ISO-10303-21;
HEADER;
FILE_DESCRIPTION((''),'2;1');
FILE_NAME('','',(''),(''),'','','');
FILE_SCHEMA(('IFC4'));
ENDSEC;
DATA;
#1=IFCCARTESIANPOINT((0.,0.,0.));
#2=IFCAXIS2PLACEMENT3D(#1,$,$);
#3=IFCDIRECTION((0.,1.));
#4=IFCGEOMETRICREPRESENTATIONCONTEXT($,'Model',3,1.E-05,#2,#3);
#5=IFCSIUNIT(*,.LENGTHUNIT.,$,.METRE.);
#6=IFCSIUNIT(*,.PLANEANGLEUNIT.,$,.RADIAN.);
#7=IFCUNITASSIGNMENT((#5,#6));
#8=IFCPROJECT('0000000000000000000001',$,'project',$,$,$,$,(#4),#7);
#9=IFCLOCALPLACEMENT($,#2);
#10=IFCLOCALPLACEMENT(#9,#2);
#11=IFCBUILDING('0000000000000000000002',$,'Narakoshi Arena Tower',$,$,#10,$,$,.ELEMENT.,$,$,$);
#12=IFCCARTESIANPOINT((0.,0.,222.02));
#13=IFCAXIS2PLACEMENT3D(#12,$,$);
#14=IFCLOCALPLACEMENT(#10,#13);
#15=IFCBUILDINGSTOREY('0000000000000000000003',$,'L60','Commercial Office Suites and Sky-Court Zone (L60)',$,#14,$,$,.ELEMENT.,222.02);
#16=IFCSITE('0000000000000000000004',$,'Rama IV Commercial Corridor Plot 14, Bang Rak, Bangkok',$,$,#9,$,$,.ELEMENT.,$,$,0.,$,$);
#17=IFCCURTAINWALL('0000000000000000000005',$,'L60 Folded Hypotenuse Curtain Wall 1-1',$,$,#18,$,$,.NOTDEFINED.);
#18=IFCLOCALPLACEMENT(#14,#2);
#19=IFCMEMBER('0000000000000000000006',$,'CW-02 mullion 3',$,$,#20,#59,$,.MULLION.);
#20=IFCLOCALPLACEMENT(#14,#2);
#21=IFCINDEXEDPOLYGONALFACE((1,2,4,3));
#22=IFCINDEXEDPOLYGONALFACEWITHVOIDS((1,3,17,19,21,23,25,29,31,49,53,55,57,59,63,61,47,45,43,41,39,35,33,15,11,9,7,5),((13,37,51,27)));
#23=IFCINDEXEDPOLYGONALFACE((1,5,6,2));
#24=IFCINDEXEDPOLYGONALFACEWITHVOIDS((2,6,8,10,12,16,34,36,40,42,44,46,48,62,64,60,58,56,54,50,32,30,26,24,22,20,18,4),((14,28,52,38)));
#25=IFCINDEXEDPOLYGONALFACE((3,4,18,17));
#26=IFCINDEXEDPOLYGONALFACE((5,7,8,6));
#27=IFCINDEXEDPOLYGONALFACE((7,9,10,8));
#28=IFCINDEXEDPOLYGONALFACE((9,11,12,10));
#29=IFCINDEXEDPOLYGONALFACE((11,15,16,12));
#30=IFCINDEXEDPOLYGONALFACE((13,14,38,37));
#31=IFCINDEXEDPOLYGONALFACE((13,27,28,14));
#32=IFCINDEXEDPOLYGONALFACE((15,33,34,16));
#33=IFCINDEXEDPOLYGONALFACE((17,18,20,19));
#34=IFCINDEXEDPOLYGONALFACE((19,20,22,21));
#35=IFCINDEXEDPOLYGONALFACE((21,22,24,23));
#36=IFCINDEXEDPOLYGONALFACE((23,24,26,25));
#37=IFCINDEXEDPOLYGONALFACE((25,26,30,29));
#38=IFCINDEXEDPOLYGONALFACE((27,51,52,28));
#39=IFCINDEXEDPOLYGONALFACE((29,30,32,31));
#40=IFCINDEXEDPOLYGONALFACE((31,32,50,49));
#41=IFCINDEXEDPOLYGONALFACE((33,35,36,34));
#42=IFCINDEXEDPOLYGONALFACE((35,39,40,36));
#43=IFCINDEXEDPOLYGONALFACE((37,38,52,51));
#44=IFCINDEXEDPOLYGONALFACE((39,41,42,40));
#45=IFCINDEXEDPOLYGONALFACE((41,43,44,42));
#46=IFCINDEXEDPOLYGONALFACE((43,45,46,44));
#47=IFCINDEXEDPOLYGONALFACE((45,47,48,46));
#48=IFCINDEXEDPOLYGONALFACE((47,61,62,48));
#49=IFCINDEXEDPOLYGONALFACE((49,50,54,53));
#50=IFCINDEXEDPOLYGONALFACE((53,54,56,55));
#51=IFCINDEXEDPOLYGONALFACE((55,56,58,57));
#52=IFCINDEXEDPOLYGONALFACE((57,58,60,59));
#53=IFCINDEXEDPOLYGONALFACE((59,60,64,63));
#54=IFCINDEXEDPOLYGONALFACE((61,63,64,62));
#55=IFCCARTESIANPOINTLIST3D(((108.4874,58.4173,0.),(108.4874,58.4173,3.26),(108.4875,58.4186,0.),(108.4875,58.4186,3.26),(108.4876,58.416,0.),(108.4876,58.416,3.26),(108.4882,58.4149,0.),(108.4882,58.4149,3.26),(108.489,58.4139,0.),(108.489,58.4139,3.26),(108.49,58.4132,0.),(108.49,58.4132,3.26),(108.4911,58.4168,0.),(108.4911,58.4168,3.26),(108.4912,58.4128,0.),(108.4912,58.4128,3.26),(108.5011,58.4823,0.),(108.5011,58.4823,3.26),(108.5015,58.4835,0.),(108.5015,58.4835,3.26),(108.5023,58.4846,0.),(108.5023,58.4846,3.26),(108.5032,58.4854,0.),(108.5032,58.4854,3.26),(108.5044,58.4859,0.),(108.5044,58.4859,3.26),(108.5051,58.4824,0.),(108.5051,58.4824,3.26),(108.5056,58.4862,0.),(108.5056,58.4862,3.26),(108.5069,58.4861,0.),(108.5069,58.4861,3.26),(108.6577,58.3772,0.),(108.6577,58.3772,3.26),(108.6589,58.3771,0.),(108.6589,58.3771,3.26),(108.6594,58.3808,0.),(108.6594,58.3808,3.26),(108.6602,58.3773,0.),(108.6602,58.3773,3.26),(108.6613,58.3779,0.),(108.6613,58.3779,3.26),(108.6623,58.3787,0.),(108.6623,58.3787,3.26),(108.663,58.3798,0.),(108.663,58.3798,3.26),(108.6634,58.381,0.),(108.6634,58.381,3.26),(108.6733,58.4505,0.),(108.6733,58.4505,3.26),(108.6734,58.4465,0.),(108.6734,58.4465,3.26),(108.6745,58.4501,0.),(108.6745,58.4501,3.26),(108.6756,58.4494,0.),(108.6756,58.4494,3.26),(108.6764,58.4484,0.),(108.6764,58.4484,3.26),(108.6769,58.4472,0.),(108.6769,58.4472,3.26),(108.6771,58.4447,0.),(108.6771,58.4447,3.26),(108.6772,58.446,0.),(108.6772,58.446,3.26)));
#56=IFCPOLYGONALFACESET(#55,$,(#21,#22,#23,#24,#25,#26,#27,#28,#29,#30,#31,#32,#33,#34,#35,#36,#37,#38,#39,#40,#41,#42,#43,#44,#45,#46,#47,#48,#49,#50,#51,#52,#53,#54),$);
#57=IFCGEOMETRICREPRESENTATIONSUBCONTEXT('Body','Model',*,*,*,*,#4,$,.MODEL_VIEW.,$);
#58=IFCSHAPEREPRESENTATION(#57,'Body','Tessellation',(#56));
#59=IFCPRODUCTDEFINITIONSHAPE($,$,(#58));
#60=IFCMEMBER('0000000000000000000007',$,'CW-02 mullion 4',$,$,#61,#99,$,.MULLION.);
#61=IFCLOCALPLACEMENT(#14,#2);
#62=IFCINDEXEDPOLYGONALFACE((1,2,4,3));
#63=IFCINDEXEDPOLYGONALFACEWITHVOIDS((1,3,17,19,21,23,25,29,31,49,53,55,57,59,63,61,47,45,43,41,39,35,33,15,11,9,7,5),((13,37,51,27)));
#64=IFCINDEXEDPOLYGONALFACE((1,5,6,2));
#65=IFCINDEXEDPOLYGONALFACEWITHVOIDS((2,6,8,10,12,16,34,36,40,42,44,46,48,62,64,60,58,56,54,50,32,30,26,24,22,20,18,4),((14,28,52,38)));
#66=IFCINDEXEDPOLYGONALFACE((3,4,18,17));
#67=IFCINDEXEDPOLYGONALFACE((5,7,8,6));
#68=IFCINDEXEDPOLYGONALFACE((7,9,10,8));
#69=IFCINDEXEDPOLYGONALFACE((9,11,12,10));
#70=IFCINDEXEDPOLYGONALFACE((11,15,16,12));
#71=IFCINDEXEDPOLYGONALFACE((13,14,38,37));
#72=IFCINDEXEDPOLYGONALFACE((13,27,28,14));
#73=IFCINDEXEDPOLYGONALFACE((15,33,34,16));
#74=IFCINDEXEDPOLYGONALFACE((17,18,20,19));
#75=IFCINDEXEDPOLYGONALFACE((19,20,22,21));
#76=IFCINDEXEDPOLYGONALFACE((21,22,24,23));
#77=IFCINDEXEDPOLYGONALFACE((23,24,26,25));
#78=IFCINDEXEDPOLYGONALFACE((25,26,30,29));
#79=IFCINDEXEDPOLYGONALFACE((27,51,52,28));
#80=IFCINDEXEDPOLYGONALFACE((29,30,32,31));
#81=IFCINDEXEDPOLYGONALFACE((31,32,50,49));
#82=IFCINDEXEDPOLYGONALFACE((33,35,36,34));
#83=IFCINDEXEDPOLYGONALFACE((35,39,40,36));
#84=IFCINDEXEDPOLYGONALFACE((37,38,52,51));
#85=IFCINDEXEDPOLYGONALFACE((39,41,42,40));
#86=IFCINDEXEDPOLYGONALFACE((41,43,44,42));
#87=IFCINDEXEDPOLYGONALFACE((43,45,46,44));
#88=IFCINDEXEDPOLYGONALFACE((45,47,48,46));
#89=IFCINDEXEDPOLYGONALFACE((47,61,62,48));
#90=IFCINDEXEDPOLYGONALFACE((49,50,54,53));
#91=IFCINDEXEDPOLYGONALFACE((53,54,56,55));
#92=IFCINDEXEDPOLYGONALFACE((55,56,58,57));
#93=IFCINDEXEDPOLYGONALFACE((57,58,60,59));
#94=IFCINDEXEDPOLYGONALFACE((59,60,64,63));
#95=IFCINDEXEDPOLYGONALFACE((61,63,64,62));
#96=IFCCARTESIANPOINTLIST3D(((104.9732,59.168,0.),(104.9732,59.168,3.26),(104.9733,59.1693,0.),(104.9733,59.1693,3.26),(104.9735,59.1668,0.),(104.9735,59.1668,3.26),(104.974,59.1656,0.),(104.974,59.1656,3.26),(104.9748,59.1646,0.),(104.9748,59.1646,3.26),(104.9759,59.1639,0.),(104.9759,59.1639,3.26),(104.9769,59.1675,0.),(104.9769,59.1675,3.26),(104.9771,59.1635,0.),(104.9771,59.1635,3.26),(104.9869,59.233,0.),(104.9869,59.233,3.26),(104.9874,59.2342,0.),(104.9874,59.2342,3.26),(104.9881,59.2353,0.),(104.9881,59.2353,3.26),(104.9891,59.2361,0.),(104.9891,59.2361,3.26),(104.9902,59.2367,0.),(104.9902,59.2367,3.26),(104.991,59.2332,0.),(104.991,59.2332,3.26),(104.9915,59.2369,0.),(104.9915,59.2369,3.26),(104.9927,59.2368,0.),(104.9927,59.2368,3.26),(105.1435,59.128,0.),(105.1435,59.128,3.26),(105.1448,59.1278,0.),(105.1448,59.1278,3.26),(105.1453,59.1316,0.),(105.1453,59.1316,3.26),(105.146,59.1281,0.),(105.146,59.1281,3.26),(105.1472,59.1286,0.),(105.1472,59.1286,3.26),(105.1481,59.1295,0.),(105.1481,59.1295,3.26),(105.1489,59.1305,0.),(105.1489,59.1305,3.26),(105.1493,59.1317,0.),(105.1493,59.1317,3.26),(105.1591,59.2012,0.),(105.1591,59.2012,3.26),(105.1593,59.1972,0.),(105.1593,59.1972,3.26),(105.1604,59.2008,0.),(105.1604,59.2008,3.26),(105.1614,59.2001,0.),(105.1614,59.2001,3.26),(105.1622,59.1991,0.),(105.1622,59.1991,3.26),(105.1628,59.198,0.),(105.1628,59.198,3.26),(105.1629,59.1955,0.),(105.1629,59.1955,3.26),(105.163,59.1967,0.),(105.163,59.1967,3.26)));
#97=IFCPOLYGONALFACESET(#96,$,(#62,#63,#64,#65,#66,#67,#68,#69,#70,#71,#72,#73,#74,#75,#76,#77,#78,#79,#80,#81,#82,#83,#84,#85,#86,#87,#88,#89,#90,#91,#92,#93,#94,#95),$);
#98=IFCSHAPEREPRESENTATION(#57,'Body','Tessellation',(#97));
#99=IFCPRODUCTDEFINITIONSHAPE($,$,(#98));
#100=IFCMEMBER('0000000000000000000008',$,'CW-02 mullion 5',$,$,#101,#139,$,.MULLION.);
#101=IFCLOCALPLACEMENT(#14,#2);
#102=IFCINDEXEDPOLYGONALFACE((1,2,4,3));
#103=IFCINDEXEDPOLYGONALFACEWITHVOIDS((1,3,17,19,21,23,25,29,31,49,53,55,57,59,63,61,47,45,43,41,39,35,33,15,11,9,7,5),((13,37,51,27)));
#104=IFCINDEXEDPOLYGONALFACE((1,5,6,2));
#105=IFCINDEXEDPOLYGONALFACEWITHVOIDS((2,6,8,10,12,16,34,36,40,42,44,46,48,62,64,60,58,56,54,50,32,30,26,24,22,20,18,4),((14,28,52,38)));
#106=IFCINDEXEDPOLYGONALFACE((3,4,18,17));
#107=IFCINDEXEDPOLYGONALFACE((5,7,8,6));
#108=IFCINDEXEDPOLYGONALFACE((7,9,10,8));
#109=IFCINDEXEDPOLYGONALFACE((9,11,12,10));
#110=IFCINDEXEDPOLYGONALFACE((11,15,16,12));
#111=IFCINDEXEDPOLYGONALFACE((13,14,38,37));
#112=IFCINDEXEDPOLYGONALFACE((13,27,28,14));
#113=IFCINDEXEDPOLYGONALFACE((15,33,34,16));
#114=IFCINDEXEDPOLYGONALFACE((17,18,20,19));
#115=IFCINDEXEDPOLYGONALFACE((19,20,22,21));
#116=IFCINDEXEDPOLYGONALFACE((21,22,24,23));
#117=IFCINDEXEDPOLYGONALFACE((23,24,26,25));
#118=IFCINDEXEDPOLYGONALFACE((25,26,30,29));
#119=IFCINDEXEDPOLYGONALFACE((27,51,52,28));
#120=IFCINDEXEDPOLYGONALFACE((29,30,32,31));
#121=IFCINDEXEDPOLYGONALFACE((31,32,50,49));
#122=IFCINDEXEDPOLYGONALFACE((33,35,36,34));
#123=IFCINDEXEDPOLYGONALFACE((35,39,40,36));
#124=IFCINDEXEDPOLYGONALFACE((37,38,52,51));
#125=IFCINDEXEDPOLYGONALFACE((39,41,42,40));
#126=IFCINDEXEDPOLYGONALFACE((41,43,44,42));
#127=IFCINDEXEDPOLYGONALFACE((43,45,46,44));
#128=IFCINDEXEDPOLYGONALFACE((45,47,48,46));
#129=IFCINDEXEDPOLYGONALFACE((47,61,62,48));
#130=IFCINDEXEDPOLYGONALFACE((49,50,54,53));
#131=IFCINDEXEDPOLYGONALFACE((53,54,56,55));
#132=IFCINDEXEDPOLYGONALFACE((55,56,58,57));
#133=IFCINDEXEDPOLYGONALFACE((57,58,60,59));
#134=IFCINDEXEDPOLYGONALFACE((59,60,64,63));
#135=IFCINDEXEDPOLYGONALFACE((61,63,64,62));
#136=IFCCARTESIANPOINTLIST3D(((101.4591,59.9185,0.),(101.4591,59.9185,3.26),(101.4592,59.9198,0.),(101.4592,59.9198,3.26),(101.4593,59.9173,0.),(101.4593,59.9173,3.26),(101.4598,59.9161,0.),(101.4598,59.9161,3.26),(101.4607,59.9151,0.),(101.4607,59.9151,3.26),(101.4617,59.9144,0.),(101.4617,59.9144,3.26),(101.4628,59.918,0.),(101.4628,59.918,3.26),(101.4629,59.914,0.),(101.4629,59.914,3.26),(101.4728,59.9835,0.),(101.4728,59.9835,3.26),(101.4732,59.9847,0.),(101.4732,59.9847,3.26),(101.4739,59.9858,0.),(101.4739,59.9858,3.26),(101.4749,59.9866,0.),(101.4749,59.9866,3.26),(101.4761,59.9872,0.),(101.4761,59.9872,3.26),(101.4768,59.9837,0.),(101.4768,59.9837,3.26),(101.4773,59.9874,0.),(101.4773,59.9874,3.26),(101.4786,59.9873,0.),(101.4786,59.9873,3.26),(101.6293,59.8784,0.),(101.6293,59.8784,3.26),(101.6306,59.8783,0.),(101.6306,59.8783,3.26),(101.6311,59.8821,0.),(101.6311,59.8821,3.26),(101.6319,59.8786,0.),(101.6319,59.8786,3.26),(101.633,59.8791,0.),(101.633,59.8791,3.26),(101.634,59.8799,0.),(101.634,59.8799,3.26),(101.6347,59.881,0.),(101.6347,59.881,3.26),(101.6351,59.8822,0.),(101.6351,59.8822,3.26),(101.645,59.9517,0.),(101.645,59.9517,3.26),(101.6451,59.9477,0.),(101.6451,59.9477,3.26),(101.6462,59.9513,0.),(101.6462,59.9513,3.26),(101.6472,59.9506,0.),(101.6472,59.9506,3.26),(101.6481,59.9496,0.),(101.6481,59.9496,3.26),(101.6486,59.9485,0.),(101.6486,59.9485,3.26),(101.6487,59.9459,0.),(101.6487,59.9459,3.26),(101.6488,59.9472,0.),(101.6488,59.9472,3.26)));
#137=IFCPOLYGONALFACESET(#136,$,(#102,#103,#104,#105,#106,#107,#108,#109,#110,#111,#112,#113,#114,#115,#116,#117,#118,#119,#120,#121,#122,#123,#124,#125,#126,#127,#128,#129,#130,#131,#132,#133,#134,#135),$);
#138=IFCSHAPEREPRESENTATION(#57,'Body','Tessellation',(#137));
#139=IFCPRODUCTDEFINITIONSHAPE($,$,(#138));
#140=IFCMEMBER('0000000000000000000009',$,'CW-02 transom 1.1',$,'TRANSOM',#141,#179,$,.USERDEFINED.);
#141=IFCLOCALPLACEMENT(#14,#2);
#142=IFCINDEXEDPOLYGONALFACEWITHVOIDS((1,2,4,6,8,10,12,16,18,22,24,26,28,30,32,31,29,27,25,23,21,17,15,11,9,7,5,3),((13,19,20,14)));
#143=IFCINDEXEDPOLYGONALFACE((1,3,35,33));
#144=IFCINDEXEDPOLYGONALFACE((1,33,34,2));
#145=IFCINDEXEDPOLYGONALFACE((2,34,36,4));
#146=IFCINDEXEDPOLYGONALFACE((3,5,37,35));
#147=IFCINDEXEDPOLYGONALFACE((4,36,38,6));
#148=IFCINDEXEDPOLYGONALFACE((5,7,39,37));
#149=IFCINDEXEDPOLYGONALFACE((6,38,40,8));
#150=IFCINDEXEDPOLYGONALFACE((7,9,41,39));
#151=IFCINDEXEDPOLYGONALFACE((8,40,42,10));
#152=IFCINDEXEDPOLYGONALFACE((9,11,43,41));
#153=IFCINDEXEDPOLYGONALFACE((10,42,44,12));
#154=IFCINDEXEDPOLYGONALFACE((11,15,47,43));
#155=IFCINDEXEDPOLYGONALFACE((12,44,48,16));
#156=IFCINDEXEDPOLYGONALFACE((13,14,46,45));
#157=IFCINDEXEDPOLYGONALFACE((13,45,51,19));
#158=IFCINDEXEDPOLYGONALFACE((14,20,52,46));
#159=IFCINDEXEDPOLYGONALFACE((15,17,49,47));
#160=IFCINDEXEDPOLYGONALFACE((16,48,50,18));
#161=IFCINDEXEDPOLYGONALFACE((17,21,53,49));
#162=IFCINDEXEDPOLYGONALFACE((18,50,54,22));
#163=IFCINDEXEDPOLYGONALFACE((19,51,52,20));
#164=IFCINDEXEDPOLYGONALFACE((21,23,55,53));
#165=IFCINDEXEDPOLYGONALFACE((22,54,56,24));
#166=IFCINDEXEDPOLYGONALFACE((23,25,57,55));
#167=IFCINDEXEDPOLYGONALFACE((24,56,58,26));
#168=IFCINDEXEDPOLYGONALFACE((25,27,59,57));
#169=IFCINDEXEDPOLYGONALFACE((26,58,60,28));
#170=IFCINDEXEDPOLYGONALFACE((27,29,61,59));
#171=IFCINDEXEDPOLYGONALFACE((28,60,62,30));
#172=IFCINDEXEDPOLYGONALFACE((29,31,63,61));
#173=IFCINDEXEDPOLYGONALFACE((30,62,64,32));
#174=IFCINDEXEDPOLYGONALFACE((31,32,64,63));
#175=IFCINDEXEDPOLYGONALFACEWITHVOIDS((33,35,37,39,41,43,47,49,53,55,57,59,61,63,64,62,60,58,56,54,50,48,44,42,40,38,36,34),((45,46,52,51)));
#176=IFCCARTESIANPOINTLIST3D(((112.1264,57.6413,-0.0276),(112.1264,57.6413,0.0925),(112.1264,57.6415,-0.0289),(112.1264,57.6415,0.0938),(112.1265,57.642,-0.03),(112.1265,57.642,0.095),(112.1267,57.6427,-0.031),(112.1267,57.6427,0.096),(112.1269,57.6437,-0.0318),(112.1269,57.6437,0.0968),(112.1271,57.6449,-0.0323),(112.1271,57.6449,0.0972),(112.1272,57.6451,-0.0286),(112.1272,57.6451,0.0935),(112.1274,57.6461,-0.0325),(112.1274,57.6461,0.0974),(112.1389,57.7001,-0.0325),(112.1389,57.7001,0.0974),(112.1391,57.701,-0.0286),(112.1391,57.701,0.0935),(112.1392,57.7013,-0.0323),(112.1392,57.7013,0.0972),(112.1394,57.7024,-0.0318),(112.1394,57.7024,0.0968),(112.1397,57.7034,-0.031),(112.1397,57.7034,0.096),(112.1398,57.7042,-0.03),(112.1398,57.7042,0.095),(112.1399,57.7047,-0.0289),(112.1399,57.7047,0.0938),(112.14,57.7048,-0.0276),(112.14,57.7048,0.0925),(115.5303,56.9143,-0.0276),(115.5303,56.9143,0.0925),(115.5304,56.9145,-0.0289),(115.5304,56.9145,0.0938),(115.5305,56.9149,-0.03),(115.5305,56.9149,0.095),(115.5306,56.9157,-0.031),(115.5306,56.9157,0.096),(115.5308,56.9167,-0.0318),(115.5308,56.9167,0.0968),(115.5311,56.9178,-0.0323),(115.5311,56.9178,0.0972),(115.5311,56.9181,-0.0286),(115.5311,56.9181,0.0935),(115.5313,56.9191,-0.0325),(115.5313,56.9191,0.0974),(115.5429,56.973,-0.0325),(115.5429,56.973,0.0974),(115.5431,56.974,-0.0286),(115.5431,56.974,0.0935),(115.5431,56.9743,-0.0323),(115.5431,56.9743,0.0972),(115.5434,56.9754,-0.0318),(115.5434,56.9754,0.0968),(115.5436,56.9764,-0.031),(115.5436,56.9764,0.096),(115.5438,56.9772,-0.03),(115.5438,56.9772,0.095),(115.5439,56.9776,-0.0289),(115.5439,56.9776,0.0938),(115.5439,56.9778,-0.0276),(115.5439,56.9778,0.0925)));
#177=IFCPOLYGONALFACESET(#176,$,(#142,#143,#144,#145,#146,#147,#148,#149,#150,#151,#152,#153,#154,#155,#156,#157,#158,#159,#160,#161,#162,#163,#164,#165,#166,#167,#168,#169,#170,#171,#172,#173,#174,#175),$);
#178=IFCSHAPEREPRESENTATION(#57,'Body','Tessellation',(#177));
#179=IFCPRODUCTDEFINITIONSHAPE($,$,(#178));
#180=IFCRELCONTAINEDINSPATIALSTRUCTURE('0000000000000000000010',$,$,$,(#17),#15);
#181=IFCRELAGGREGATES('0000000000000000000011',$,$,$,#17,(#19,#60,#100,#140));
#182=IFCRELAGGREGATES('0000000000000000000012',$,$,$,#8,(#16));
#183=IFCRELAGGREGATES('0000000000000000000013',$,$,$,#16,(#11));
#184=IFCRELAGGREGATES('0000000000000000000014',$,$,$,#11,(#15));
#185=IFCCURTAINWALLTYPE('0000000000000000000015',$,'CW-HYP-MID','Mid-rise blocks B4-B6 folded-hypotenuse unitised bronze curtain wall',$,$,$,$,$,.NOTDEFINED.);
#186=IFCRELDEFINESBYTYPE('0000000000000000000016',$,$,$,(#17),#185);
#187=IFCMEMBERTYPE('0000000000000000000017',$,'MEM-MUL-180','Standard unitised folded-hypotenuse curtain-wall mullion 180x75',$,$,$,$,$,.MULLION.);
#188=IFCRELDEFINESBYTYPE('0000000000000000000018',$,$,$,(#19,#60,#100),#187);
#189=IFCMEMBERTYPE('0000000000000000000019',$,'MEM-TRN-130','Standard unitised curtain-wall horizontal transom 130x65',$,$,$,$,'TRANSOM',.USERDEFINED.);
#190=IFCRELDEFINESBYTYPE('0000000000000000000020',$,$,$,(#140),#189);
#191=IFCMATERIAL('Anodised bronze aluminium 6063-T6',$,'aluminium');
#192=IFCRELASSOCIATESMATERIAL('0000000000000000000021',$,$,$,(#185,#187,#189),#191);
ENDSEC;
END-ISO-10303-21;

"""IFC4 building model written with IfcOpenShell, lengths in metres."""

from ifc_helpers import new_model, si_unit, direction, frame, origin, origin_2d, place, context, subcontext, project, spatial, hollow_rectangle, extrude, material, material_profile, profile_set, type_object, element, aggregate, save


model = new_model("IFC4")

# Units and contexts
model_context = context("Model", 3, precision=1e-05, world=origin(), true_north=direction((0.0, 1.0)))
body_context = subcontext(model_context, "Body", "Model", "MODEL_VIEW")
ifc_project = project(units=[si_unit("LENGTHUNIT", "METRE"), si_unit("PLANEANGLEUNIT", "RADIAN")], contexts=[model_context])

# Site, building, storey
site_placement = place(None, origin())
site = spatial("IfcSite", under=ifc_project, at=site_placement, Name="Rama IV Commercial Corridor Plot 14, Bang Rak, Bangkok", CompositionType="ELEMENT", RefElevation=0.0)
building_placement = place(site_placement, origin())
building = spatial("IfcBuilding", under=site, at=building_placement, Name="Narakoshi Arena Tower", CompositionType="ELEMENT")
storey_placement = place(building_placement, frame((0.0, 0.0, 222.02)))
storey = spatial("IfcBuildingStorey", under=building, at=storey_placement, Name="L60", Description="Commercial Office Suites and Sky-Court Zone (L60)", CompositionType="ELEMENT", Elevation=222.02)

# Curtain wall, members
ifc_material_1 = material(Name="Anodised bronze aluminium 6063-T6", Category="aluminium")
curtain_wall_type = type_object("IfcCurtainWallType", Name="CW-HYP-MID", Description="Mid-rise blocks B4-B6 folded-hypotenuse unitised bronze curtain wall", PredefinedType="NOTDEFINED", material=ifc_material_1)
curtain_wall_placement = place(storey_placement, origin())
curtain_wall = element("IfcCurtainWall", 1, at=curtain_wall_placement, inside=storey, type_object=curtain_wall_type, Name="L60 Folded Hypotenuse Curtain Wall 1-1", PredefinedType="NOTDEFINED")
ifc_material_profile_1 = material_profile(ifc_material_1, hollow_rectangle(XDim=0.075, YDim=0.1799, WallThickness=0.0039, OuterFilletRadius=0.0049, at=origin_2d()), Name="MUL180x75x4")
ifc_profile_set_1 = profile_set([ifc_material_profile_1], Name="Anodised bronze aluminium 6063-T6")
member_type_1 = type_object("IfcMemberType", Name="MEM-MUL-180", Description="Standard unitised folded-hypotenuse curtain-wall mullion 180x75", PredefinedType="MULLION", material=ifc_profile_set_1)
member_1_placement = place(storey_placement, frame((108.5823, 58.4316, 0.0), z_axis=(0.0, 0.0, 1.0), x_axis=(-0.208899, -0.977937, 0.0)))
member_1 = element("IfcMember", 2, at=member_1_placement, type_object=member_type_1, Name="CW-02 mullion 3", PredefinedType="MULLION", context=body_context, shape_type="SweptSolid", body=[
    extrude(hollow_rectangle(XDim=0.075, YDim=0.1799, WallThickness=0.0039, OuterFilletRadius=0.0049, at=origin_2d()), origin(), (0.0, 0.0, 1.0), 3.26),
])
member_2_placement = place(storey_placement, frame((105.0681, 59.1824, 0.0), z_axis=(0.0, 0.0, 1.0), x_axis=(-0.208899, -0.977937, 0.0)))
member_2 = element("IfcMember", 3, at=member_2_placement, type_object=member_type_1, Name="CW-02 mullion 4", PredefinedType="MULLION", context=body_context, shape_type="SweptSolid", body=[
    extrude(hollow_rectangle(XDim=0.075, YDim=0.1799, WallThickness=0.0039, OuterFilletRadius=0.0049, at=origin_2d()), origin(), (0.0, 0.0, 1.0), 3.26),
])
member_3_placement = place(storey_placement, frame((101.554, 59.9329, 0.0), z_axis=(0.0, 0.0, 1.0), x_axis=(-0.208899, -0.977937, 0.0)))
member_3 = element("IfcMember", 4, at=member_3_placement, type_object=member_type_1, Name="CW-02 mullion 5", PredefinedType="MULLION", context=body_context, shape_type="SweptSolid", body=[
    extrude(hollow_rectangle(XDim=0.075, YDim=0.1799, WallThickness=0.0039, OuterFilletRadius=0.0049, at=origin_2d()), origin(), (0.0, 0.0, 1.0), 3.26),
])
ifc_material_profile_2 = material_profile(ifc_material_1, hollow_rectangle(XDim=0.0649, YDim=0.1299, WallThickness=0.0039, OuterFilletRadius=0.0049, at=origin_2d()), Name="TRN130x65x4")
ifc_profile_set_2 = profile_set([ifc_material_profile_2], Name="Anodised bronze aluminium 6063-T6")
member_type_2 = type_object("IfcMemberType", Name="MEM-TRN-130", Description="Standard unitised curtain-wall horizontal transom 130x65", ElementType="TRANSOM", PredefinedType="USERDEFINED", material=ifc_profile_set_2)
member_4_placement = place(storey_placement, frame((115.5371, 56.946, 0.0325), z_axis=(-0.977943, 0.208873, 0.0), x_axis=(-0.208873, -0.977943, 0.0)))
member_4 = element("IfcMember", 5, at=member_4_placement, type_object=member_type_2, Name="CW-02 transom 1.1", ObjectType="TRANSOM", PredefinedType="USERDEFINED", context=body_context, shape_type="SweptSolid", body=[
    extrude(hollow_rectangle(XDim=0.0649, YDim=0.1299, WallThickness=0.0039, OuterFilletRadius=0.0049, at=origin_2d()), origin(), (0.0, 0.0, 1.0), 3.4807),
])
aggregate(curtain_wall, [member_1, member_2, member_3, member_4])

save(model, "model.ifc")
